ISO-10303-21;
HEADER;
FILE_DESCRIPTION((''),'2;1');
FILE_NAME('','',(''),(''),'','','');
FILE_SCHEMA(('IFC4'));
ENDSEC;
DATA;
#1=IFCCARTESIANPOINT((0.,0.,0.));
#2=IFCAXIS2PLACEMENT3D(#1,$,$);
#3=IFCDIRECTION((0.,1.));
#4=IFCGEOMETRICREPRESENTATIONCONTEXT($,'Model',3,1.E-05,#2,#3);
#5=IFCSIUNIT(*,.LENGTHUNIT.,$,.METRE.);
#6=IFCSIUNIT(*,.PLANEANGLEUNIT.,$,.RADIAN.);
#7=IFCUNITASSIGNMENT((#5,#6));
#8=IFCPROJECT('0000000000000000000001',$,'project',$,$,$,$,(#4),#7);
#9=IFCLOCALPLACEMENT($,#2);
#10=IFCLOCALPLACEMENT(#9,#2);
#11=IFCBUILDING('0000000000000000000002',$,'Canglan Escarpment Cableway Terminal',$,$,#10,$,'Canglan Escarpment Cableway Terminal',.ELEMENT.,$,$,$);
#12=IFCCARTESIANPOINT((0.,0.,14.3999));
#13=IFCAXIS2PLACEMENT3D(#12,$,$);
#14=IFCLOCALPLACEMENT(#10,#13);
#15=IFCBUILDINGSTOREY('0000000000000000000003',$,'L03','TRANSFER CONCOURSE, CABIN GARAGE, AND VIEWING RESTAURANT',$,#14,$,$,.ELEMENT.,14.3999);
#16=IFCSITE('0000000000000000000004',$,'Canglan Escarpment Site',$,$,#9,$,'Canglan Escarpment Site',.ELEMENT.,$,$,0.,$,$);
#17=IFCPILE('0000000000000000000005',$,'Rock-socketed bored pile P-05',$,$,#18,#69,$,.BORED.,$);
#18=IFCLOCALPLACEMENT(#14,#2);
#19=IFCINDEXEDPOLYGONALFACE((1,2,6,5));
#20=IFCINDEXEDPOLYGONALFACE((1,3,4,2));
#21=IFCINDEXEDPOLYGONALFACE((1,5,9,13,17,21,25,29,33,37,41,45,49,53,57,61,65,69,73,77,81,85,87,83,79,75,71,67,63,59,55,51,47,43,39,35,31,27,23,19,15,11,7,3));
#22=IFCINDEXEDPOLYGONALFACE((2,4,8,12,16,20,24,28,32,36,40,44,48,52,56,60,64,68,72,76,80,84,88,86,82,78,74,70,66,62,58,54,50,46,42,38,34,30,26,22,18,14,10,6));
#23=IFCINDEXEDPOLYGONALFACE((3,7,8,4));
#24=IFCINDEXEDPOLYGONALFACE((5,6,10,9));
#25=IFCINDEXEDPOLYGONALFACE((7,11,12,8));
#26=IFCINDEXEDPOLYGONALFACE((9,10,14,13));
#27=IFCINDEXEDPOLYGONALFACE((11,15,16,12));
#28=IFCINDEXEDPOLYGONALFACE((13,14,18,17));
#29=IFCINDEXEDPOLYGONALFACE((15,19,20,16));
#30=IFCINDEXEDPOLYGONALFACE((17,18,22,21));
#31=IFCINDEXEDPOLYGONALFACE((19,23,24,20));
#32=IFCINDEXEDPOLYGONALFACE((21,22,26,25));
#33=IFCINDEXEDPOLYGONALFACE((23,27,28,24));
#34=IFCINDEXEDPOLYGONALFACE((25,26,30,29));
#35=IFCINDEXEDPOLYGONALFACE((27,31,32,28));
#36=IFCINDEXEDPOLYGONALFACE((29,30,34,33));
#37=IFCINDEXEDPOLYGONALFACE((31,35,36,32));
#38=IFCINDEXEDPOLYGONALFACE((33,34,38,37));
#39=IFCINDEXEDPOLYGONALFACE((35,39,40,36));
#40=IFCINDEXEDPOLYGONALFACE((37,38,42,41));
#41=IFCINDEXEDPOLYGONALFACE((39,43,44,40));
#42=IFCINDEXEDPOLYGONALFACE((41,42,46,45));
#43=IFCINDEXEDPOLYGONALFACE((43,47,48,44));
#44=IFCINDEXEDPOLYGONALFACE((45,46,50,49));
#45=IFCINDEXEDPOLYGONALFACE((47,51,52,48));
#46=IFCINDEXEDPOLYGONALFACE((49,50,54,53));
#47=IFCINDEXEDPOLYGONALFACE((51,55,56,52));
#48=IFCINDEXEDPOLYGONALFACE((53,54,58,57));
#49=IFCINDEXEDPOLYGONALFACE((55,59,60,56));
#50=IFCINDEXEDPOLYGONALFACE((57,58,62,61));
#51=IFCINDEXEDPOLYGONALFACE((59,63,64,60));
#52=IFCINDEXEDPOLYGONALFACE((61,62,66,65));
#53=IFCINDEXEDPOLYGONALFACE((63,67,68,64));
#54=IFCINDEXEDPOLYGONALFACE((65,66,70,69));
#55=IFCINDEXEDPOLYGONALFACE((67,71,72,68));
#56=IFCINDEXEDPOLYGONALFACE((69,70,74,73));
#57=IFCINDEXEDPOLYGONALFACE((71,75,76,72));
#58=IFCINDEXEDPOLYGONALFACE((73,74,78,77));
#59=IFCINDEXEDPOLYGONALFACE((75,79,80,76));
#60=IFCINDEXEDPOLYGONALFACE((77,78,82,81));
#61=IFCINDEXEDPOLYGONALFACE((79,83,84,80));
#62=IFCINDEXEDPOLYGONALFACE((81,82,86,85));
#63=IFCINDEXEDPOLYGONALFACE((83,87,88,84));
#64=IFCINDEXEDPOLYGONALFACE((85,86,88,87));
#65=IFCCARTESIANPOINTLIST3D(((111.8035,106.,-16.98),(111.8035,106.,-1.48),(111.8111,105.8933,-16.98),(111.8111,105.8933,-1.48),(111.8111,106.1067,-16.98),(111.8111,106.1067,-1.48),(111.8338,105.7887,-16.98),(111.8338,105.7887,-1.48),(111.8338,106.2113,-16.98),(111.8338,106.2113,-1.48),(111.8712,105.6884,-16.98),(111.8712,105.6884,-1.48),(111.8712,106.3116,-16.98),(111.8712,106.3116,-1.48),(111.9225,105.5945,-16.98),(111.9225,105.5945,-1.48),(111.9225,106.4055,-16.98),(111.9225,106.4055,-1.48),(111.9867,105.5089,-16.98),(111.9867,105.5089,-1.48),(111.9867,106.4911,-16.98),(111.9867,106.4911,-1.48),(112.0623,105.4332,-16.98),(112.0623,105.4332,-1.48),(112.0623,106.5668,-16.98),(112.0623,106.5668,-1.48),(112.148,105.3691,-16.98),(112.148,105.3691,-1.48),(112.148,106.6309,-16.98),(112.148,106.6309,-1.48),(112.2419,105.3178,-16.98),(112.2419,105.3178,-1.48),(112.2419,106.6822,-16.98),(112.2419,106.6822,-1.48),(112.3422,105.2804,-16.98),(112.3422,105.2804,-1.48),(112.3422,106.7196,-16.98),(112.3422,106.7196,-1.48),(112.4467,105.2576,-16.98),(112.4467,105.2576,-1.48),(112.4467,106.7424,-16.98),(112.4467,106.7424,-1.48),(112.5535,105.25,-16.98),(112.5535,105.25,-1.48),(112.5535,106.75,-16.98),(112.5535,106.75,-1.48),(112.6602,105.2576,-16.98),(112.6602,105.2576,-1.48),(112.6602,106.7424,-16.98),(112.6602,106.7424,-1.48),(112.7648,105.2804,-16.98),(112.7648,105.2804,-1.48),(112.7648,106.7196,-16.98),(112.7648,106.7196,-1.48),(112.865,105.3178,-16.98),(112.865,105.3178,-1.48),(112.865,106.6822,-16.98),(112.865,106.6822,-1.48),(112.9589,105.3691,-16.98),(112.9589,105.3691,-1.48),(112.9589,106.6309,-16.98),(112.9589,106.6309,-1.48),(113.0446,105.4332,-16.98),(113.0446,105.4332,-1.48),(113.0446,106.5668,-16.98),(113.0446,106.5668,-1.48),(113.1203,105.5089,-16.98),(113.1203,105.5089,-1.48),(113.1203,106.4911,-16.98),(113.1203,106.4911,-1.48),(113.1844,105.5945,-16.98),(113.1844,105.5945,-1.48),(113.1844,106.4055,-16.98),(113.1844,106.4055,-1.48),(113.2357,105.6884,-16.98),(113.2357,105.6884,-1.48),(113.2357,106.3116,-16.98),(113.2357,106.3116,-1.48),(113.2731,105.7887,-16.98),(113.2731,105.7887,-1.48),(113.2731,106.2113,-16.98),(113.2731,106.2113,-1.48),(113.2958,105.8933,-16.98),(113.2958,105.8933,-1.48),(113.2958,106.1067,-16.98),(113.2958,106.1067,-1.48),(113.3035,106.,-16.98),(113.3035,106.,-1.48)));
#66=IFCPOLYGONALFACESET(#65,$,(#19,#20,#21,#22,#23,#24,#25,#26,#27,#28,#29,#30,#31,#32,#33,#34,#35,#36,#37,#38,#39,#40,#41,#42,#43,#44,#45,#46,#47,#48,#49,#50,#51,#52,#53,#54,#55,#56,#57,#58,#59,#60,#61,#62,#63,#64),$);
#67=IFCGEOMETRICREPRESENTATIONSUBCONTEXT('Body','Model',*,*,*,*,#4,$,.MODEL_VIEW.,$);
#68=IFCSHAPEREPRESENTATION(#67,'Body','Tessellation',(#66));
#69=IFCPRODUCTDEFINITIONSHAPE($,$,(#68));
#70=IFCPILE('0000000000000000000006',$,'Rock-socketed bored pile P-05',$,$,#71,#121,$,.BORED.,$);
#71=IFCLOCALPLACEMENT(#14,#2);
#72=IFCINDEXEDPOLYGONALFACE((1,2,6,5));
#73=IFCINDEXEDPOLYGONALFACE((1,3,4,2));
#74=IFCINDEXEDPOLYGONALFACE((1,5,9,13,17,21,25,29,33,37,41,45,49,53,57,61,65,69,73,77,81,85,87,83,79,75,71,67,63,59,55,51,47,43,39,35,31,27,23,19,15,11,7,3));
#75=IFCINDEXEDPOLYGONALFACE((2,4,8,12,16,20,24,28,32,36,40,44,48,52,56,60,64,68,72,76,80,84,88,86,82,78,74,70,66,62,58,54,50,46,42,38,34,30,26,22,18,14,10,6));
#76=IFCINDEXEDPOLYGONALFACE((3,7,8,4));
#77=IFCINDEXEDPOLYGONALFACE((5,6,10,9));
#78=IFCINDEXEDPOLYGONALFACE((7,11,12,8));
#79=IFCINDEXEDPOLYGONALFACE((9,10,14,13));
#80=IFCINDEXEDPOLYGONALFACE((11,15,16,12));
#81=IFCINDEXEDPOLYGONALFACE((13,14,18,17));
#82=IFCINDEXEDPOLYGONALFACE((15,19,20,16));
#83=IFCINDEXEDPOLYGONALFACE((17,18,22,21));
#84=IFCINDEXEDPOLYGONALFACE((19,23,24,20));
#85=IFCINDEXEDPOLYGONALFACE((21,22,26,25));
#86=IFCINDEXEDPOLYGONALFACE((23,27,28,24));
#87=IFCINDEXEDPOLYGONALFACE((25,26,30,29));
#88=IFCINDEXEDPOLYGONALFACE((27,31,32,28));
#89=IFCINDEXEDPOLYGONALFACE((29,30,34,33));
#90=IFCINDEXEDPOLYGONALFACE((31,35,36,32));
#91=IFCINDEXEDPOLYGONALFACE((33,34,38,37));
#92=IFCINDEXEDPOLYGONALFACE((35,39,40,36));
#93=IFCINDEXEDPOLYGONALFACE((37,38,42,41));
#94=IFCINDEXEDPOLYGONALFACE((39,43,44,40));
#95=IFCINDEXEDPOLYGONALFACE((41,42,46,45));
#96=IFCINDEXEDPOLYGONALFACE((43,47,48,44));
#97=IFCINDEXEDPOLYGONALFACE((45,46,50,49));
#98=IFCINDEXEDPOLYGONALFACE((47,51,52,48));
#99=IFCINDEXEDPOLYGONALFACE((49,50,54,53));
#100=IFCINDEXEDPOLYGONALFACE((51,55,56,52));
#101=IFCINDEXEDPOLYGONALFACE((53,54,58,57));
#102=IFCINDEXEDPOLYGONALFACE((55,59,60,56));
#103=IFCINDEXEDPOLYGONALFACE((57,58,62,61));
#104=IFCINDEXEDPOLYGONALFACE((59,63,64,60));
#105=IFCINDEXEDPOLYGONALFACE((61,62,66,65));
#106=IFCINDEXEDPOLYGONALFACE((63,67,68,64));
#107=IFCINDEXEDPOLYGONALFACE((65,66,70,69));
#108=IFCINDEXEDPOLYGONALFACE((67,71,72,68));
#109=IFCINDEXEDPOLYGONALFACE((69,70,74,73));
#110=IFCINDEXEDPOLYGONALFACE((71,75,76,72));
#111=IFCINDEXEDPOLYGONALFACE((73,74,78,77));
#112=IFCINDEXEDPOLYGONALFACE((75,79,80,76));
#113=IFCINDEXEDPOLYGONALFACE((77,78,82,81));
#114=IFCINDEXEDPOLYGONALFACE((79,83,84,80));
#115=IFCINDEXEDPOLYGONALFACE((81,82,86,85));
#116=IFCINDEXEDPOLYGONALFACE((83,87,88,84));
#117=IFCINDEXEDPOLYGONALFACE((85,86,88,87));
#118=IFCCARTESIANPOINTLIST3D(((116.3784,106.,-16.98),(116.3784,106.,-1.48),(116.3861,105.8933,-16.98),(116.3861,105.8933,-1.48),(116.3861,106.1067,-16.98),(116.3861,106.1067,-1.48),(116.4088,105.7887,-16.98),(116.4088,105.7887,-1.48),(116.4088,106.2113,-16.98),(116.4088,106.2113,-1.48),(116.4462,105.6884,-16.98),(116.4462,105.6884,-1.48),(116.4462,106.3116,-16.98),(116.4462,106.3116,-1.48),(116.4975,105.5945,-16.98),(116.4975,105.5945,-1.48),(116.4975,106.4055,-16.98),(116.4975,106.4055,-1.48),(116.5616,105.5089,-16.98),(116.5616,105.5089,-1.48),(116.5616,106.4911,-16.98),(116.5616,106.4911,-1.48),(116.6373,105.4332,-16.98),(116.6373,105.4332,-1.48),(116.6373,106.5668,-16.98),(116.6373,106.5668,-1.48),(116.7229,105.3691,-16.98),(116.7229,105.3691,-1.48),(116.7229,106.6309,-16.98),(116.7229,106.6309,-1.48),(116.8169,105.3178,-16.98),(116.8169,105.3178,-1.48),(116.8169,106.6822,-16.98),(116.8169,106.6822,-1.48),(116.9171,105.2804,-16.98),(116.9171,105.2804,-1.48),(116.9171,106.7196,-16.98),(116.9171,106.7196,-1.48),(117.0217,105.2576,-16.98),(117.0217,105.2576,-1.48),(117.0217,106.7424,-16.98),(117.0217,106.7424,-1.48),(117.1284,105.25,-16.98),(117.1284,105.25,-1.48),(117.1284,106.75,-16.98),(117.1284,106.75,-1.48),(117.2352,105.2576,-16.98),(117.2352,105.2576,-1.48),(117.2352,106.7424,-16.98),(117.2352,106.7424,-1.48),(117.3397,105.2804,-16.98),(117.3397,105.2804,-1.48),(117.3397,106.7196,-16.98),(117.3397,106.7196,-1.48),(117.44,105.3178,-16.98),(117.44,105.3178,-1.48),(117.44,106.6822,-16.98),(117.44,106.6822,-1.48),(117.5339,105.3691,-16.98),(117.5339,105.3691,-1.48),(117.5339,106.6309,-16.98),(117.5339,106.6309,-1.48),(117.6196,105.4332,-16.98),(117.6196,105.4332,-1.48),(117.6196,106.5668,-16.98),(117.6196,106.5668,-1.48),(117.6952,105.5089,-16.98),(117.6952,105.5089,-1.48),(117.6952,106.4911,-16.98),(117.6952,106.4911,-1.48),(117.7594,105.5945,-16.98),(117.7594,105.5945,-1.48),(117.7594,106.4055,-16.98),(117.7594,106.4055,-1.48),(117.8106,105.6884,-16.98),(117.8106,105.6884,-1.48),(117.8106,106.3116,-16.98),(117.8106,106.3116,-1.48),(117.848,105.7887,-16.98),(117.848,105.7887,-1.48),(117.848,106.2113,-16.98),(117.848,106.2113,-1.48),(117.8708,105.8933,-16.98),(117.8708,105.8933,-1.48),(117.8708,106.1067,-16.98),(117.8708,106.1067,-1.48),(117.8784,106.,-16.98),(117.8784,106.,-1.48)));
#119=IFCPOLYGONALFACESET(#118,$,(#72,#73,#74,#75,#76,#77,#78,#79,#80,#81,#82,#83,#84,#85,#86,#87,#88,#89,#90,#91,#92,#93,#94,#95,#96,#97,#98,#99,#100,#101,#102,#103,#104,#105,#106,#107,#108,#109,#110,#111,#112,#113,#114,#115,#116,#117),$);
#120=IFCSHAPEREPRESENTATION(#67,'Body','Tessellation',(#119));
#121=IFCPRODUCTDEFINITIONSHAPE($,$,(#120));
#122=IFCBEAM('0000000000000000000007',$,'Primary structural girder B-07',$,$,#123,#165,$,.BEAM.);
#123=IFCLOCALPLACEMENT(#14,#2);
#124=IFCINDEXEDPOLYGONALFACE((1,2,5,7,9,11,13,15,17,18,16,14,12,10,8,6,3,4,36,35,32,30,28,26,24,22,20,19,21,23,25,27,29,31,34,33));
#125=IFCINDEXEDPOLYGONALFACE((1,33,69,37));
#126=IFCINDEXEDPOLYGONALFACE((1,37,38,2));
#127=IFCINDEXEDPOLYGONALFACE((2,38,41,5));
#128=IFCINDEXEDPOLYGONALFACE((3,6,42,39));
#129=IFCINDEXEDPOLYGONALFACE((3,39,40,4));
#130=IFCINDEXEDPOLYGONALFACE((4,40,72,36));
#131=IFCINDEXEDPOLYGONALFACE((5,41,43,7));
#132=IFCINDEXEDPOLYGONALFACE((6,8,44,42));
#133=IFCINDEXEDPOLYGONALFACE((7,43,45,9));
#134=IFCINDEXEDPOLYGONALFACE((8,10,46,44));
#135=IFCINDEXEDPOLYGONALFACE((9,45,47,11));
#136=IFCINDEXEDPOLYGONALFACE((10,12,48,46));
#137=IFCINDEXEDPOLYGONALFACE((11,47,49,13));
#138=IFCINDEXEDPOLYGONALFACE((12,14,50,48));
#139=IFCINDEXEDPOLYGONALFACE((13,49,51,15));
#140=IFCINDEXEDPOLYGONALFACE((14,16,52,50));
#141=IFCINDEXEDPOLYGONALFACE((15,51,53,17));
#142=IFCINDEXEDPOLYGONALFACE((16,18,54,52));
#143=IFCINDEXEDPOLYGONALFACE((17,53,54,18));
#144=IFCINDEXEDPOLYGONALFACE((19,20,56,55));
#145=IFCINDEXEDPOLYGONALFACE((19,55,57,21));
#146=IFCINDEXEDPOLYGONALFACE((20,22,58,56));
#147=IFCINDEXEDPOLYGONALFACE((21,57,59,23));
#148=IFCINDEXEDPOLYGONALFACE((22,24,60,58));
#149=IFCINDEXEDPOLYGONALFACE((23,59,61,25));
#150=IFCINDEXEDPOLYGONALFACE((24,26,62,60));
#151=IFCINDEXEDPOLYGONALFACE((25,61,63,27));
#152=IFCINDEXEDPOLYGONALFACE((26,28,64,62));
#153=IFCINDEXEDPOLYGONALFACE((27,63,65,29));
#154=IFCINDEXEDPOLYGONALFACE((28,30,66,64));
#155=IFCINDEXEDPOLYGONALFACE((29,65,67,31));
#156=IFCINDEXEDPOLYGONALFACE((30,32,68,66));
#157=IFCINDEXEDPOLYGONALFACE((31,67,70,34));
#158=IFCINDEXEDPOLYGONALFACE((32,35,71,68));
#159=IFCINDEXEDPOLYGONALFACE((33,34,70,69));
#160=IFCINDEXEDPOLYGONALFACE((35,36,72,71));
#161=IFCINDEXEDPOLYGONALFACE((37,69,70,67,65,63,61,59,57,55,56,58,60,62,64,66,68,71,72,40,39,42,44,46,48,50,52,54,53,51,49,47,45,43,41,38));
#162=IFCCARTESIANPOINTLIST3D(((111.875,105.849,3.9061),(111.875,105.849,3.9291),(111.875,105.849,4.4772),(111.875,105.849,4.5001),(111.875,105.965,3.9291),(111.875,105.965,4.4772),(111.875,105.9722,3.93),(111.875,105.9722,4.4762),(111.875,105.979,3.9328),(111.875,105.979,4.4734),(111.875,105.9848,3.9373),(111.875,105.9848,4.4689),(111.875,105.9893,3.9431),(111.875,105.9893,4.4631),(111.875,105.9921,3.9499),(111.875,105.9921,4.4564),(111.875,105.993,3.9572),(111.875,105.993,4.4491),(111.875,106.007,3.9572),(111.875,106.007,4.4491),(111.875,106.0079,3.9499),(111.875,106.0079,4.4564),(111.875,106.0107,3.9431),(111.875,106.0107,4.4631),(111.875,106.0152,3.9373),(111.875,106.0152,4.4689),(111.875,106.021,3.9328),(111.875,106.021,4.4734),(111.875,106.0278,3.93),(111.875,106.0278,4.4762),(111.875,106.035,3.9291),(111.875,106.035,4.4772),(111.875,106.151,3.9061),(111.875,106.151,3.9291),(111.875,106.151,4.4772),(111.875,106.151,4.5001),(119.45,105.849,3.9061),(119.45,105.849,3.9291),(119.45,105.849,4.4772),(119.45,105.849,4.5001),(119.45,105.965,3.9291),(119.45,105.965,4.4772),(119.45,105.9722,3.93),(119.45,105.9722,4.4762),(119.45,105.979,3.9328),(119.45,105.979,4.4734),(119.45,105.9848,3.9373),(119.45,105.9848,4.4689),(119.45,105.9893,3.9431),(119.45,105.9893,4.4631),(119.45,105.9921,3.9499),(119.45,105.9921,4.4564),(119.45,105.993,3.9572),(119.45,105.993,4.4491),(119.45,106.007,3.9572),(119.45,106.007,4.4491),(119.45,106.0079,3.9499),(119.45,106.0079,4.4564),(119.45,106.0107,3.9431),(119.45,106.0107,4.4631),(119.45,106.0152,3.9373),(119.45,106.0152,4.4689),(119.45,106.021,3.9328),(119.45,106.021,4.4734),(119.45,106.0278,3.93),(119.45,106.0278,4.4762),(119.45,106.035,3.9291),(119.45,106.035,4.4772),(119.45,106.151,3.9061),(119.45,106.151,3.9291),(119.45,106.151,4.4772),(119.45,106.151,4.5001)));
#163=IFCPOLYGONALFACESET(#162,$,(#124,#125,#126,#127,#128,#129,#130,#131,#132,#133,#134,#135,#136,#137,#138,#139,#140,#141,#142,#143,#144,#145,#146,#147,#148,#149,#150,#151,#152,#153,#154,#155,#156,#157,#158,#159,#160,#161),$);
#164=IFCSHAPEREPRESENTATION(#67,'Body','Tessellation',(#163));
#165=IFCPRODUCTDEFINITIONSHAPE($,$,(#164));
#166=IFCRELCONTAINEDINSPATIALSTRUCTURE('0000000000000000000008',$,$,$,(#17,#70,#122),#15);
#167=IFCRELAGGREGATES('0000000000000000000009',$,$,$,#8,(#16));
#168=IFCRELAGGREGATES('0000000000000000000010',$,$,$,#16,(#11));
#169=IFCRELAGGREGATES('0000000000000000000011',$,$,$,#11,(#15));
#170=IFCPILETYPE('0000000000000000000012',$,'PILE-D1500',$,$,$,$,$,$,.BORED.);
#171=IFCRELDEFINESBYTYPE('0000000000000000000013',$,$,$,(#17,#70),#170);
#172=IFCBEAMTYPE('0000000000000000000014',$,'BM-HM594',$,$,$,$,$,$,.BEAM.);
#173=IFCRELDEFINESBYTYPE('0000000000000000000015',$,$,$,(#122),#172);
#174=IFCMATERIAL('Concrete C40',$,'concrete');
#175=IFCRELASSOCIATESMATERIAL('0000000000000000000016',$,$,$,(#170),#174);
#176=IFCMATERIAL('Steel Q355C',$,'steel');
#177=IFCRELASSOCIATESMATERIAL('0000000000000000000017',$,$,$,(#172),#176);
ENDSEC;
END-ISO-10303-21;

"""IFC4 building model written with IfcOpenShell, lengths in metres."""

from ifc_helpers import new_model, si_unit, direction, frame, origin, origin_2d, place, context, subcontext, project, spatial, circle, i_section, extrude, material, material_profile, profile_set, type_object, element, save


model = new_model("IFC4")

# Units and contexts
model_context = context("Model", 3, precision=1e-05, world=origin(), true_north=direction((0.0, 1.0)))
body_context = subcontext(model_context, "Body", "Model", "MODEL_VIEW")
ifc_project = project(units=[si_unit("LENGTHUNIT", "METRE"), si_unit("PLANEANGLEUNIT", "RADIAN")], contexts=[model_context])

# Site, building, storey
site_placement = place(None, origin())
site = spatial("IfcSite", under=ifc_project, at=site_placement, Name="Canglan Escarpment Site", LongName="Canglan Escarpment Site", CompositionType="ELEMENT", RefElevation=0.0)
building_placement = place(site_placement, origin())
building = spatial("IfcBuilding", under=site, at=building_placement, Name="Canglan Escarpment Cableway Terminal", LongName="Canglan Escarpment Cableway Terminal", CompositionType="ELEMENT")
storey_placement = place(building_placement, frame((0.0, 0.0, 14.3999)))
storey = spatial("IfcBuildingStorey", under=building, at=storey_placement, Name="L03", Description="TRANSFER CONCOURSE, CABIN GARAGE, AND VIEWING RESTAURANT", CompositionType="ELEMENT", Elevation=14.3999)

# Shared definitions
ifc_material_1 = material(Name="Concrete C40", Category="concrete")

# Piles
ifc_material_profile_1 = material_profile(ifc_material_1, circle(Radius=0.75, at=origin_2d()), Name="BORED PILE D1500")
ifc_profile_set_1 = profile_set([ifc_material_profile_1], Name="Concrete C40")
pile_type = type_object("IfcPileType", Name="PILE-D1500", PredefinedType="BORED", material=ifc_profile_set_1)
for number, where, z_axis, x_axis, name in (
    (1, (112.5535, 106.0, -1.48), (0.0, 0.0, -1.0), (1.0, 0.0, 0.0), "Rock-socketed bored pile P-05"),
    (2, (117.1284, 106.0, -1.48), (0.0, 0.0, -1.0), (1.0, 0.0, 0.0), "Rock-socketed bored pile P-05"),
):
    element("IfcPile", number, at=place(storey_placement, frame(where, z_axis=z_axis, x_axis=x_axis)), inside=storey, type_object=pile_type, Name=name, PredefinedType="BORED", context=body_context, shape_type="SweptSolid", body=[
        extrude(circle(Radius=0.75, at=origin_2d()), origin(), (0.0, 0.0, 1.0), 15.5),
    ])

# Beam
ifc_material_2 = material(Name="Steel Q355C", Category="steel")
ifc_material_profile_2 = material_profile(ifc_material_2, i_section(OverallWidth=0.302, OverallDepth=0.594, WebThickness=0.0139, FlangeThickness=0.0229, FilletRadius=0.0281, at=origin_2d()), Name="HM 594x302x14x23")
ifc_profile_set_2 = profile_set([ifc_material_profile_2], Name="Steel Q355C")
beam_type_1 = type_object("IfcBeamType", Name="BM-HM594", PredefinedType="BEAM", material=ifc_profile_set_2)
beam_placement = place(storey_placement, frame((111.875, 106.0, 4.2031), z_axis=(1.0, 0.0, 0.0), x_axis=(0.0, 1.0, 0.0)))
element("IfcBeam", 3, at=beam_placement, inside=storey, type_object=beam_type_1, Name="Primary structural girder B-07", PredefinedType="BEAM", context=body_context, shape_type="SweptSolid", body=[
    extrude(i_section(OverallWidth=0.302, OverallDepth=0.594, WebThickness=0.0139, FlangeThickness=0.0229, FilletRadius=0.0281, at=origin_2d()), origin(), (0.0, 0.0, 1.0), 7.575),
])

save(model, "model.ifc")
